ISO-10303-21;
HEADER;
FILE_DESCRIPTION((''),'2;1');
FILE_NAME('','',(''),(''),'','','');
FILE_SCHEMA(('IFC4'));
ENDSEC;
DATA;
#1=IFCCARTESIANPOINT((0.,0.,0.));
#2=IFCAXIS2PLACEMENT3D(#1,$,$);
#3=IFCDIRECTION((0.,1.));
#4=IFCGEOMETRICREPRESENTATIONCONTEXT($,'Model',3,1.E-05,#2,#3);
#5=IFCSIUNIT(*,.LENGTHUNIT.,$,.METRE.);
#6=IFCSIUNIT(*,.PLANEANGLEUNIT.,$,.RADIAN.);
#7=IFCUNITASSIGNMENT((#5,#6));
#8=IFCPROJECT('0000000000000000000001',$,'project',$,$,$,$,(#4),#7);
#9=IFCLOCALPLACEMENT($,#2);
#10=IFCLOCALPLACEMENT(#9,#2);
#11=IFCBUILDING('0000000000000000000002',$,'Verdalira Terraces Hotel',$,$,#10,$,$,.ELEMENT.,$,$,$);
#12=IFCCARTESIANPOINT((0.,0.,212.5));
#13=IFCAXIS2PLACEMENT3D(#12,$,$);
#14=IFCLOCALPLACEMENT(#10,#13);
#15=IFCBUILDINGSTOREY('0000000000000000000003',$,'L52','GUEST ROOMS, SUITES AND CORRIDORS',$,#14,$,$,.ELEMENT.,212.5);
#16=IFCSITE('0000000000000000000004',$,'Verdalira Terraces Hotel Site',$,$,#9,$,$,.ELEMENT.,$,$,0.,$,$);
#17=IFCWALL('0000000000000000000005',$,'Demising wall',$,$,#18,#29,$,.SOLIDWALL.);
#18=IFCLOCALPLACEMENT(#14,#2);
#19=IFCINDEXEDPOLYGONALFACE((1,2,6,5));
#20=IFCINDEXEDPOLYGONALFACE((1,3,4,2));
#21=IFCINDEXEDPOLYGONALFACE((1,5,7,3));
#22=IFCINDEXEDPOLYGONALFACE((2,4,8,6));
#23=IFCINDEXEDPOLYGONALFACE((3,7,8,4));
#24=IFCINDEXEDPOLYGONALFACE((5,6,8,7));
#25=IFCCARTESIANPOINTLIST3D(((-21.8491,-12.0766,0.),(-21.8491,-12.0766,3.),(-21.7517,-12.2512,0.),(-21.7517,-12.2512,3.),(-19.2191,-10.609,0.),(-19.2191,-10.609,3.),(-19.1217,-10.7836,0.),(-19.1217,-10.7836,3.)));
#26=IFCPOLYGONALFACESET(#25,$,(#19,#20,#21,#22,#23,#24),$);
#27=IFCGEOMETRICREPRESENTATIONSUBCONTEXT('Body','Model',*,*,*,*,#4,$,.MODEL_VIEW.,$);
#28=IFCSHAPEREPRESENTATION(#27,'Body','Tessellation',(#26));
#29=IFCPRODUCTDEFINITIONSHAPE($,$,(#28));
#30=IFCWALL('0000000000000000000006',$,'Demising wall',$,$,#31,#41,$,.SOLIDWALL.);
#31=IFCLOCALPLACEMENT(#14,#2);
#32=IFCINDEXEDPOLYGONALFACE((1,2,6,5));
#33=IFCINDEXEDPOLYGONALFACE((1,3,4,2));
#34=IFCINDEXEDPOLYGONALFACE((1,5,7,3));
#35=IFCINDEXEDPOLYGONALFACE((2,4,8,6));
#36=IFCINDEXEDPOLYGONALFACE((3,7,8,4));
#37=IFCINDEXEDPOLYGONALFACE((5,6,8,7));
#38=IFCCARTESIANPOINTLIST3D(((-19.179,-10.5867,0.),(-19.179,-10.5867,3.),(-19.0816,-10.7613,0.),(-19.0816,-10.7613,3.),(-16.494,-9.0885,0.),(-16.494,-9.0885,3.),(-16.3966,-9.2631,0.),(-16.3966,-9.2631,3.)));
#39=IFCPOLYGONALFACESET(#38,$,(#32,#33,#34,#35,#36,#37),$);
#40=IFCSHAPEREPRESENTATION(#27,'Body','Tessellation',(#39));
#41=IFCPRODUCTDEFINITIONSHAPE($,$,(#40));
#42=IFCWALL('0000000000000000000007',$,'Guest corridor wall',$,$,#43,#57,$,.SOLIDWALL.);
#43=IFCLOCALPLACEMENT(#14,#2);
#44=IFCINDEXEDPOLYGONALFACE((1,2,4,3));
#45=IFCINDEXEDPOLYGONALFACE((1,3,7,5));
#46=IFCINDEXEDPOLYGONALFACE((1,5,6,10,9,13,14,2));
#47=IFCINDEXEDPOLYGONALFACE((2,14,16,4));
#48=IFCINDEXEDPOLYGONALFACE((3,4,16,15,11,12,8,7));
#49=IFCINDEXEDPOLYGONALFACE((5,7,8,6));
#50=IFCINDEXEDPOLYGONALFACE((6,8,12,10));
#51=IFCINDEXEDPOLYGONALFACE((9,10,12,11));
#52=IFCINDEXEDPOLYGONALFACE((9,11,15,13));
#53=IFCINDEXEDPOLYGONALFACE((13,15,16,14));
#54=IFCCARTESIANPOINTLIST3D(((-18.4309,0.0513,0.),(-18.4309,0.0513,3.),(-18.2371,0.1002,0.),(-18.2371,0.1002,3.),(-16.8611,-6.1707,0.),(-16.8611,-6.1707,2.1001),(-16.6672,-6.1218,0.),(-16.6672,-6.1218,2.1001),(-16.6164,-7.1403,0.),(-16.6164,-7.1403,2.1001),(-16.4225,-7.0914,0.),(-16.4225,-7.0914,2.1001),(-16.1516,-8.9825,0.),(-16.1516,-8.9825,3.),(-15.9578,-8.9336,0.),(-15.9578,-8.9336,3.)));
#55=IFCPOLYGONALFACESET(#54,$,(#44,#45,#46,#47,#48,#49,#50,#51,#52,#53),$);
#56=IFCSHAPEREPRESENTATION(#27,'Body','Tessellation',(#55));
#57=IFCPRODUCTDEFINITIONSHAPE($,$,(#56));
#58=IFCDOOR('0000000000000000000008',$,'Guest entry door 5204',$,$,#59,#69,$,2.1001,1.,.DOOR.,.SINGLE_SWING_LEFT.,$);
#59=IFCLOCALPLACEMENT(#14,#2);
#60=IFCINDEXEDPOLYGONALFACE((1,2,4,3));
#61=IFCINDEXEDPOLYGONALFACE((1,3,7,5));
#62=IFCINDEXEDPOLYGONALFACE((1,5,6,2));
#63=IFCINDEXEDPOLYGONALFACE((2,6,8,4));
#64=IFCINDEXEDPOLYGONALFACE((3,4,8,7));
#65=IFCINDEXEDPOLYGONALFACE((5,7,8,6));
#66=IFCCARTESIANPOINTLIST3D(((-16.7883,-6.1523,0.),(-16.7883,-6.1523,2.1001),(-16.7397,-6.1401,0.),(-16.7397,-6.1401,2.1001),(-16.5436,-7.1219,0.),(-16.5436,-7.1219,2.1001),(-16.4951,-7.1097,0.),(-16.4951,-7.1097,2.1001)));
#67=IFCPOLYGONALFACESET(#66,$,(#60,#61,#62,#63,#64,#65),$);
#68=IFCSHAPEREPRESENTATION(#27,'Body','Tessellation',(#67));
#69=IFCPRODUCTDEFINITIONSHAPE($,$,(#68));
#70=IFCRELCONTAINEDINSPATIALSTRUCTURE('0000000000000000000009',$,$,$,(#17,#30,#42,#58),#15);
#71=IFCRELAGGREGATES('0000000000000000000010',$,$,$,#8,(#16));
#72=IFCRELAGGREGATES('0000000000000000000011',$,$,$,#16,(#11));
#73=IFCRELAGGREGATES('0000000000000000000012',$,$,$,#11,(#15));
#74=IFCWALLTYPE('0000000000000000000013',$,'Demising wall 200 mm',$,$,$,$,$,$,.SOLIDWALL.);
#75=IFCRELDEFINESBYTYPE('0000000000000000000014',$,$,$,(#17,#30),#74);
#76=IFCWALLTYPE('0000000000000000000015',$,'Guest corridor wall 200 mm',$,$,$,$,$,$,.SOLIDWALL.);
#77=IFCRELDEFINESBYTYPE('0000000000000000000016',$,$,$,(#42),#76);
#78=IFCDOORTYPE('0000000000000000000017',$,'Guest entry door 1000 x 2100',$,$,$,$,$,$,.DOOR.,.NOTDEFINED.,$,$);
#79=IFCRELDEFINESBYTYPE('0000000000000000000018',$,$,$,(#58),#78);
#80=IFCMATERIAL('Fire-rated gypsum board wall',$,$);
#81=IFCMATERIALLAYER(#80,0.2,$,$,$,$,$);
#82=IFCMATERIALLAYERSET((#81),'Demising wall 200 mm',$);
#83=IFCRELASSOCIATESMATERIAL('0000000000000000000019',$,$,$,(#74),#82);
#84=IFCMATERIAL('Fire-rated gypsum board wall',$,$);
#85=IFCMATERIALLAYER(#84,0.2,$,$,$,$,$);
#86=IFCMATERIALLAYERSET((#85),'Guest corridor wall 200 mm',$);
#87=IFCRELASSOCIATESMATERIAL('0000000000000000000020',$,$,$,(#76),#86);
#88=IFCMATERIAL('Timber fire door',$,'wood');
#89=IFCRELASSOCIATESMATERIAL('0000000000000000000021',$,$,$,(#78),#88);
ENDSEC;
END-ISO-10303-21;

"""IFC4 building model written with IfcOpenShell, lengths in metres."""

from ifc_helpers import new_model, si_unit, direction, frame, frame_2d, origin, place, context, subcontext, project, spatial, rectangle, extrude, material, layer, layer_set, type_object, element, fill, save


model = new_model("IFC4")

# Units and contexts
model_context = context("Model", 3, precision=1e-05, world=origin(), true_north=direction((0.0, 1.0)))
body_context = subcontext(model_context, "Body", "Model", "MODEL_VIEW")
ifc_project = project(units=[si_unit("LENGTHUNIT", "METRE"), si_unit("PLANEANGLEUNIT", "RADIAN")], contexts=[model_context])

# Site, building, storey
site_placement = place(None, origin())
site = spatial("IfcSite", under=ifc_project, at=site_placement, Name="Verdalira Terraces Hotel Site", CompositionType="ELEMENT", RefElevation=0.0)
building_placement = place(site_placement, origin())
building = spatial("IfcBuilding", under=site, at=building_placement, Name="Verdalira Terraces Hotel", CompositionType="ELEMENT")
storey_placement = place(building_placement, frame((0.0, 0.0, 212.5)))
storey = spatial("IfcBuildingStorey", under=building, at=storey_placement, Name="L52", Description="GUEST ROOMS, SUITES AND CORRIDORS", CompositionType="ELEMENT", Elevation=212.5)

# Walls
ifc_material_1 = material(Name="Fire-rated gypsum board wall")
ifc_layer_1 = layer(ifc_material_1, 0.2)
ifc_layer_set_1 = layer_set([ifc_layer_1], Name="Demising wall 200 mm")
wall_type_1 = type_object("IfcWallType", Name="Demising wall 200 mm", PredefinedType="SOLIDWALL", material=ifc_layer_set_1)
wall_1_placement = place(storey_placement, frame((-19.1704, -10.6963, 0.0), z_axis=(0.0, 0.0, 1.0), x_axis=(-0.873242, -0.487287, 0.0)))
element("IfcWall", 1, at=wall_1_placement, inside=storey, type_object=wall_type_1, Name="Demising wall", PredefinedType="SOLIDWALL", context=body_context, shape_type="SweptSolid", body=[
    extrude(rectangle(XDim=3.0117, YDim=0.2, at=frame_2d((1.5059, 0.0))), origin(), (0.0, 0.0, 1.0), 3.0),
])
wall_2_placement = place(storey_placement, frame((-16.4453, -9.1758, 0.0), z_axis=(0.0, 0.0, 1.0), x_axis=(-0.873246, -0.48728, 0.0)))
element("IfcWall", 2, at=wall_2_placement, inside=storey, type_object=wall_type_1, Name="Demising wall", PredefinedType="SOLIDWALL", context=body_context, shape_type="SweptSolid", body=[
    extrude(rectangle(XDim=3.0747, YDim=0.2, at=frame_2d((1.5374, 0.0))), origin(), (0.0, 0.0, 1.0), 3.0),
])

# Wall, opening, door
ifc_material_2 = material(Name="Fire-rated gypsum board wall")
ifc_layer_2 = layer(ifc_material_2, 0.2)
ifc_layer_set_2 = layer_set([ifc_layer_2], Name="Guest corridor wall 200 mm")
wall_type_2 = type_object("IfcWallType", Name="Guest corridor wall 200 mm", PredefinedType="SOLIDWALL", material=ifc_layer_set_2)
wall_3_placement = place(storey_placement, frame((-16.0547, -8.958, 0.0), z_axis=(0.0, 0.0, 1.0), x_axis=(-0.244644, 0.969613, 0.0)))
wall_3 = element("IfcWall", 3, at=wall_3_placement, inside=storey, type_object=wall_type_2, Name="Guest corridor wall", PredefinedType="SOLIDWALL", context=body_context, shape_type="SweptSolid", body=[
    extrude(rectangle(XDim=9.3169, YDim=0.2, at=frame_2d((4.6584, 0.0))), origin(), (0.0, 0.0, 1.0), 3.0),
])
opening_1_placement = place(wall_3_placement, frame((1.8999, 0.0, 0.0)))
opening_1 = element("IfcOpeningElement", 4, at=opening_1_placement, cuts=wall_3, PredefinedType="OPENING", context=body_context, shape_type="SweptSolid", body=[
    extrude(rectangle(XDim=1.0, YDim=2.1001, at=frame_2d((0.5, 1.05))), frame((0.0, 0.1099, 0.0), z_axis=(0.0, -1.0, 0.0), x_axis=(1.0, 0.0, 0.0)), (0.0, 0.0, 1.0), 0.22),
])
ifc_material_3 = material(Name="Timber fire door", Category="wood")
door_type_1 = type_object("IfcDoorType", Name="Guest entry door 1000 x 2100", OperationType="NOTDEFINED", PredefinedType="DOOR", material=ifc_material_3)
door_1_placement = place(opening_1_placement, origin())
door_1 = element("IfcDoor", 5, at=door_1_placement, inside=storey, type_object=door_type_1, Name="Guest entry door 5204", OperationType="SINGLE_SWING_LEFT", OverallHeight=2.1001, OverallWidth=1.0, PredefinedType="DOOR", context=body_context, shape_type="SweptSolid", body=[
    extrude(rectangle(XDim=1.0, YDim=2.1001, at=frame_2d((0.5, 1.05))), frame((0.0, 0.0249, 0.0), z_axis=(0.0, -1.0, 0.0), x_axis=(1.0, 0.0, 0.0)), (0.0, 0.0, 1.0), 0.05),
])
fill(opening_1, door_1)

save(model, "model.ifc")
